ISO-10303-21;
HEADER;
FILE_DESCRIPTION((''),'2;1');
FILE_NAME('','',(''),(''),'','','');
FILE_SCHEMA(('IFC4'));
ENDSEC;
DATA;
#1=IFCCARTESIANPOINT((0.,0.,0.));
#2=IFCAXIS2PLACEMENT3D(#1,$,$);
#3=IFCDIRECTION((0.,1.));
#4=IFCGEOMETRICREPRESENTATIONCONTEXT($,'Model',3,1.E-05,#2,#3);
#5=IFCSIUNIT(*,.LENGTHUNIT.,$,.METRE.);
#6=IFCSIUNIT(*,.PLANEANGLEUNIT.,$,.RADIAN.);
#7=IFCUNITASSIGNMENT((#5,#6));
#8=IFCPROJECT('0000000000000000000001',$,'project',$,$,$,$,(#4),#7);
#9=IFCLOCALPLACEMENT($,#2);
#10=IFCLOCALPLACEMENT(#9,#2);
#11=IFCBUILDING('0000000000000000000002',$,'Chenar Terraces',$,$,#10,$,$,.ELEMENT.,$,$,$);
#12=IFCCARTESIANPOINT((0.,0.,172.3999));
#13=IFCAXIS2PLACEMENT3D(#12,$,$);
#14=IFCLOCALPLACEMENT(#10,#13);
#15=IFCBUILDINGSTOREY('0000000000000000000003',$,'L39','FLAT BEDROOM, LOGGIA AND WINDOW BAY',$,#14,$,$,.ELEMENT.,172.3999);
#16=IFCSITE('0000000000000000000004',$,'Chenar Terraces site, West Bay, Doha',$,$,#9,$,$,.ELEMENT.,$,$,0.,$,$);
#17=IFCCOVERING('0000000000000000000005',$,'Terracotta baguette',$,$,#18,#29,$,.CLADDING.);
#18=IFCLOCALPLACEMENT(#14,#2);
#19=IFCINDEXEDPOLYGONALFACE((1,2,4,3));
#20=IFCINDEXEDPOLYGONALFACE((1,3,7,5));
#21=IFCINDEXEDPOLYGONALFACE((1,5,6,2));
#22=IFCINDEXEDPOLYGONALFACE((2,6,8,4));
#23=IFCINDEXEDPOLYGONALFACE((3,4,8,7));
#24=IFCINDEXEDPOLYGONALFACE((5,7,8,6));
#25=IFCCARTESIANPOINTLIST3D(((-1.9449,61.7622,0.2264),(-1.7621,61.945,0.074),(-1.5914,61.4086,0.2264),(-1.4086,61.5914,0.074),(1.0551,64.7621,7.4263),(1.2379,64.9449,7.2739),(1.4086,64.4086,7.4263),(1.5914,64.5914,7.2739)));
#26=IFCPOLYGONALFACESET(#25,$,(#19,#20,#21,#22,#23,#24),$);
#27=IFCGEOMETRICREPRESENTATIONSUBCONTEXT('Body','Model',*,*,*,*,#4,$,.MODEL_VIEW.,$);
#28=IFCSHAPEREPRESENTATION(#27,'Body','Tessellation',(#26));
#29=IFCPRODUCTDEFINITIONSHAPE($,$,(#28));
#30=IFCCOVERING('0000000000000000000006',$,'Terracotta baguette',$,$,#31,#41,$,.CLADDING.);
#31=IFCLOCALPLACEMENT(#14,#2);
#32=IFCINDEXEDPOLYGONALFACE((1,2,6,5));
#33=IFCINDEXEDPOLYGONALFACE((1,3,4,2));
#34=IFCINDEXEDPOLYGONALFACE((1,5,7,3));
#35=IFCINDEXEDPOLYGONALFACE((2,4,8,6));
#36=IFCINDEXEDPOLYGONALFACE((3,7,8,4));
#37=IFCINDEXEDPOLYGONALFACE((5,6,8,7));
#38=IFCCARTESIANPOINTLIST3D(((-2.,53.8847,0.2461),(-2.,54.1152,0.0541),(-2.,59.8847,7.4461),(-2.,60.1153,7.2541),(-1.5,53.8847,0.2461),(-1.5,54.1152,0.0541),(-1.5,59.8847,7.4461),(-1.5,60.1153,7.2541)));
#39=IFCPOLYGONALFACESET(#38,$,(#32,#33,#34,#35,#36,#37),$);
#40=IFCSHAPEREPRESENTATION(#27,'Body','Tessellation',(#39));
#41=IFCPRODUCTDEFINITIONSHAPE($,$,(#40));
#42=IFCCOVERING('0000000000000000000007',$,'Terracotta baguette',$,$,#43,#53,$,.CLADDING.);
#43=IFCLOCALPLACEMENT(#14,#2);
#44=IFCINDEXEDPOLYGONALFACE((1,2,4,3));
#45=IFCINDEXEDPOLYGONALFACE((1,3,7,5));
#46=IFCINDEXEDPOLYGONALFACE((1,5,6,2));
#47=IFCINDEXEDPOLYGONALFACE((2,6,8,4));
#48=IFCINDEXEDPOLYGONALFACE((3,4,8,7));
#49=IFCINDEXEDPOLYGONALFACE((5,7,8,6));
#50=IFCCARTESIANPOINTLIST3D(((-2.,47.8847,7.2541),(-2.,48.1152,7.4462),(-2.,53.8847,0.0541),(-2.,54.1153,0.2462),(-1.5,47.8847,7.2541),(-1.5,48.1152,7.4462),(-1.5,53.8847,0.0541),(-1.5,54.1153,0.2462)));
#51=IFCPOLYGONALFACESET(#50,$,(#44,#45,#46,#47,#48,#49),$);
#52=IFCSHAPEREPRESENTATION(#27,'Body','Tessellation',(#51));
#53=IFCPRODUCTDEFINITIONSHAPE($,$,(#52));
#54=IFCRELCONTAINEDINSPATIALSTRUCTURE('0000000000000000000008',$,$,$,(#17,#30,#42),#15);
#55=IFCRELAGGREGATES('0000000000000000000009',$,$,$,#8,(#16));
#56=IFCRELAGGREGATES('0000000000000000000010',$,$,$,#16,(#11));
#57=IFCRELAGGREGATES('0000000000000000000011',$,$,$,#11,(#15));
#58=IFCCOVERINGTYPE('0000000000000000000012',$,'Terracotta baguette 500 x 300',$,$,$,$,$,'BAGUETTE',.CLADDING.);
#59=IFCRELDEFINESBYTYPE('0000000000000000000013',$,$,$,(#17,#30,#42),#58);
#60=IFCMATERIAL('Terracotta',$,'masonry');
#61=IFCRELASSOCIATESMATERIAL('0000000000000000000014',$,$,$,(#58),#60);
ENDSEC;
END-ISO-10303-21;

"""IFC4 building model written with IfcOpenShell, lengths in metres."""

from ifc_helpers import new_model, si_unit, direction, frame, origin, origin_2d, place, context, subcontext, project, spatial, rectangle, extrude, material, material_profile, profile_set, type_object, element, save


model = new_model("IFC4")

# Units and contexts
model_context = context("Model", 3, precision=1e-05, world=origin(), true_north=direction((0.0, 1.0)))
body_context = subcontext(model_context, "Body", "Model", "MODEL_VIEW")
ifc_project = project(units=[si_unit("LENGTHUNIT", "METRE"), si_unit("PLANEANGLEUNIT", "RADIAN")], contexts=[model_context])

# Site, building, storey
site_placement = place(None, origin())
site = spatial("IfcSite", under=ifc_project, at=site_placement, Name="Chenar Terraces site, West Bay, Doha", CompositionType="ELEMENT", RefElevation=0.0)
building_placement = place(site_placement, origin())
building = spatial("IfcBuilding", under=site, at=building_placement, Name="Chenar Terraces", CompositionType="ELEMENT")
storey_placement = place(building_placement, frame((0.0, 0.0, 172.3999)))
storey = spatial("IfcBuildingStorey", under=building, at=storey_placement, Name="L39", Description="FLAT BEDROOM, LOGGIA AND WINDOW BAY", CompositionType="ELEMENT", Elevation=172.3999)

# Coverings
ifc_material_1 = material(Name="Terracotta", Category="masonry")
ifc_material_profile_1 = material_profile(ifc_material_1, rectangle(XDim=0.5, YDim=0.3, at=origin_2d()), Name="Terracotta baguette 500 x 300")
ifc_profile_set_1 = profile_set([ifc_material_profile_1], Name="Terracotta")
covering_type = type_object("IfcCoveringType", Name="Terracotta baguette 500 x 300", ElementType="BAGUETTE", PredefinedType="CLADDING", material=ifc_profile_set_1)
covering_placement = place(storey_placement, frame((1.3232, 64.6768, 7.3501), z_axis=(-0.358981, -0.358981, -0.861548), x_axis=(0.707107, -0.707107, 0.0)))
element("IfcCovering", 1, at=covering_placement, inside=storey, type_object=covering_type, Name="Terracotta baguette", PredefinedType="CLADDING", context=body_context, shape_type="SweptSolid", body=[
    extrude(rectangle(XDim=0.5, YDim=0.3, at=origin_2d()), origin(), (0.0, 0.0, 1.0), 8.3569),
])
for number, where, z_axis, x_axis, name in (
    (2, (-1.75, 60.0, 7.3501), (0.0, -0.640187, -0.768219), (1.0, 0.0, 0.0), "Terracotta baguette"),
    (3, (-1.75, 54.0, 0.1501), (0.0, -0.640187, 0.768219), (1.0, 0.0, 0.0), "Terracotta baguette"),
):
    element("IfcCovering", number, at=place(storey_placement, frame(where, z_axis=z_axis, x_axis=x_axis)), inside=storey, type_object=covering_type, Name=name, PredefinedType="CLADDING", context=body_context, shape_type="SweptSolid", body=[
        extrude(rectangle(XDim=0.5, YDim=0.3, at=origin_2d()), origin(), (0.0, 0.0, 1.0), 9.3723),
    ])

save(model, "model.ifc")
